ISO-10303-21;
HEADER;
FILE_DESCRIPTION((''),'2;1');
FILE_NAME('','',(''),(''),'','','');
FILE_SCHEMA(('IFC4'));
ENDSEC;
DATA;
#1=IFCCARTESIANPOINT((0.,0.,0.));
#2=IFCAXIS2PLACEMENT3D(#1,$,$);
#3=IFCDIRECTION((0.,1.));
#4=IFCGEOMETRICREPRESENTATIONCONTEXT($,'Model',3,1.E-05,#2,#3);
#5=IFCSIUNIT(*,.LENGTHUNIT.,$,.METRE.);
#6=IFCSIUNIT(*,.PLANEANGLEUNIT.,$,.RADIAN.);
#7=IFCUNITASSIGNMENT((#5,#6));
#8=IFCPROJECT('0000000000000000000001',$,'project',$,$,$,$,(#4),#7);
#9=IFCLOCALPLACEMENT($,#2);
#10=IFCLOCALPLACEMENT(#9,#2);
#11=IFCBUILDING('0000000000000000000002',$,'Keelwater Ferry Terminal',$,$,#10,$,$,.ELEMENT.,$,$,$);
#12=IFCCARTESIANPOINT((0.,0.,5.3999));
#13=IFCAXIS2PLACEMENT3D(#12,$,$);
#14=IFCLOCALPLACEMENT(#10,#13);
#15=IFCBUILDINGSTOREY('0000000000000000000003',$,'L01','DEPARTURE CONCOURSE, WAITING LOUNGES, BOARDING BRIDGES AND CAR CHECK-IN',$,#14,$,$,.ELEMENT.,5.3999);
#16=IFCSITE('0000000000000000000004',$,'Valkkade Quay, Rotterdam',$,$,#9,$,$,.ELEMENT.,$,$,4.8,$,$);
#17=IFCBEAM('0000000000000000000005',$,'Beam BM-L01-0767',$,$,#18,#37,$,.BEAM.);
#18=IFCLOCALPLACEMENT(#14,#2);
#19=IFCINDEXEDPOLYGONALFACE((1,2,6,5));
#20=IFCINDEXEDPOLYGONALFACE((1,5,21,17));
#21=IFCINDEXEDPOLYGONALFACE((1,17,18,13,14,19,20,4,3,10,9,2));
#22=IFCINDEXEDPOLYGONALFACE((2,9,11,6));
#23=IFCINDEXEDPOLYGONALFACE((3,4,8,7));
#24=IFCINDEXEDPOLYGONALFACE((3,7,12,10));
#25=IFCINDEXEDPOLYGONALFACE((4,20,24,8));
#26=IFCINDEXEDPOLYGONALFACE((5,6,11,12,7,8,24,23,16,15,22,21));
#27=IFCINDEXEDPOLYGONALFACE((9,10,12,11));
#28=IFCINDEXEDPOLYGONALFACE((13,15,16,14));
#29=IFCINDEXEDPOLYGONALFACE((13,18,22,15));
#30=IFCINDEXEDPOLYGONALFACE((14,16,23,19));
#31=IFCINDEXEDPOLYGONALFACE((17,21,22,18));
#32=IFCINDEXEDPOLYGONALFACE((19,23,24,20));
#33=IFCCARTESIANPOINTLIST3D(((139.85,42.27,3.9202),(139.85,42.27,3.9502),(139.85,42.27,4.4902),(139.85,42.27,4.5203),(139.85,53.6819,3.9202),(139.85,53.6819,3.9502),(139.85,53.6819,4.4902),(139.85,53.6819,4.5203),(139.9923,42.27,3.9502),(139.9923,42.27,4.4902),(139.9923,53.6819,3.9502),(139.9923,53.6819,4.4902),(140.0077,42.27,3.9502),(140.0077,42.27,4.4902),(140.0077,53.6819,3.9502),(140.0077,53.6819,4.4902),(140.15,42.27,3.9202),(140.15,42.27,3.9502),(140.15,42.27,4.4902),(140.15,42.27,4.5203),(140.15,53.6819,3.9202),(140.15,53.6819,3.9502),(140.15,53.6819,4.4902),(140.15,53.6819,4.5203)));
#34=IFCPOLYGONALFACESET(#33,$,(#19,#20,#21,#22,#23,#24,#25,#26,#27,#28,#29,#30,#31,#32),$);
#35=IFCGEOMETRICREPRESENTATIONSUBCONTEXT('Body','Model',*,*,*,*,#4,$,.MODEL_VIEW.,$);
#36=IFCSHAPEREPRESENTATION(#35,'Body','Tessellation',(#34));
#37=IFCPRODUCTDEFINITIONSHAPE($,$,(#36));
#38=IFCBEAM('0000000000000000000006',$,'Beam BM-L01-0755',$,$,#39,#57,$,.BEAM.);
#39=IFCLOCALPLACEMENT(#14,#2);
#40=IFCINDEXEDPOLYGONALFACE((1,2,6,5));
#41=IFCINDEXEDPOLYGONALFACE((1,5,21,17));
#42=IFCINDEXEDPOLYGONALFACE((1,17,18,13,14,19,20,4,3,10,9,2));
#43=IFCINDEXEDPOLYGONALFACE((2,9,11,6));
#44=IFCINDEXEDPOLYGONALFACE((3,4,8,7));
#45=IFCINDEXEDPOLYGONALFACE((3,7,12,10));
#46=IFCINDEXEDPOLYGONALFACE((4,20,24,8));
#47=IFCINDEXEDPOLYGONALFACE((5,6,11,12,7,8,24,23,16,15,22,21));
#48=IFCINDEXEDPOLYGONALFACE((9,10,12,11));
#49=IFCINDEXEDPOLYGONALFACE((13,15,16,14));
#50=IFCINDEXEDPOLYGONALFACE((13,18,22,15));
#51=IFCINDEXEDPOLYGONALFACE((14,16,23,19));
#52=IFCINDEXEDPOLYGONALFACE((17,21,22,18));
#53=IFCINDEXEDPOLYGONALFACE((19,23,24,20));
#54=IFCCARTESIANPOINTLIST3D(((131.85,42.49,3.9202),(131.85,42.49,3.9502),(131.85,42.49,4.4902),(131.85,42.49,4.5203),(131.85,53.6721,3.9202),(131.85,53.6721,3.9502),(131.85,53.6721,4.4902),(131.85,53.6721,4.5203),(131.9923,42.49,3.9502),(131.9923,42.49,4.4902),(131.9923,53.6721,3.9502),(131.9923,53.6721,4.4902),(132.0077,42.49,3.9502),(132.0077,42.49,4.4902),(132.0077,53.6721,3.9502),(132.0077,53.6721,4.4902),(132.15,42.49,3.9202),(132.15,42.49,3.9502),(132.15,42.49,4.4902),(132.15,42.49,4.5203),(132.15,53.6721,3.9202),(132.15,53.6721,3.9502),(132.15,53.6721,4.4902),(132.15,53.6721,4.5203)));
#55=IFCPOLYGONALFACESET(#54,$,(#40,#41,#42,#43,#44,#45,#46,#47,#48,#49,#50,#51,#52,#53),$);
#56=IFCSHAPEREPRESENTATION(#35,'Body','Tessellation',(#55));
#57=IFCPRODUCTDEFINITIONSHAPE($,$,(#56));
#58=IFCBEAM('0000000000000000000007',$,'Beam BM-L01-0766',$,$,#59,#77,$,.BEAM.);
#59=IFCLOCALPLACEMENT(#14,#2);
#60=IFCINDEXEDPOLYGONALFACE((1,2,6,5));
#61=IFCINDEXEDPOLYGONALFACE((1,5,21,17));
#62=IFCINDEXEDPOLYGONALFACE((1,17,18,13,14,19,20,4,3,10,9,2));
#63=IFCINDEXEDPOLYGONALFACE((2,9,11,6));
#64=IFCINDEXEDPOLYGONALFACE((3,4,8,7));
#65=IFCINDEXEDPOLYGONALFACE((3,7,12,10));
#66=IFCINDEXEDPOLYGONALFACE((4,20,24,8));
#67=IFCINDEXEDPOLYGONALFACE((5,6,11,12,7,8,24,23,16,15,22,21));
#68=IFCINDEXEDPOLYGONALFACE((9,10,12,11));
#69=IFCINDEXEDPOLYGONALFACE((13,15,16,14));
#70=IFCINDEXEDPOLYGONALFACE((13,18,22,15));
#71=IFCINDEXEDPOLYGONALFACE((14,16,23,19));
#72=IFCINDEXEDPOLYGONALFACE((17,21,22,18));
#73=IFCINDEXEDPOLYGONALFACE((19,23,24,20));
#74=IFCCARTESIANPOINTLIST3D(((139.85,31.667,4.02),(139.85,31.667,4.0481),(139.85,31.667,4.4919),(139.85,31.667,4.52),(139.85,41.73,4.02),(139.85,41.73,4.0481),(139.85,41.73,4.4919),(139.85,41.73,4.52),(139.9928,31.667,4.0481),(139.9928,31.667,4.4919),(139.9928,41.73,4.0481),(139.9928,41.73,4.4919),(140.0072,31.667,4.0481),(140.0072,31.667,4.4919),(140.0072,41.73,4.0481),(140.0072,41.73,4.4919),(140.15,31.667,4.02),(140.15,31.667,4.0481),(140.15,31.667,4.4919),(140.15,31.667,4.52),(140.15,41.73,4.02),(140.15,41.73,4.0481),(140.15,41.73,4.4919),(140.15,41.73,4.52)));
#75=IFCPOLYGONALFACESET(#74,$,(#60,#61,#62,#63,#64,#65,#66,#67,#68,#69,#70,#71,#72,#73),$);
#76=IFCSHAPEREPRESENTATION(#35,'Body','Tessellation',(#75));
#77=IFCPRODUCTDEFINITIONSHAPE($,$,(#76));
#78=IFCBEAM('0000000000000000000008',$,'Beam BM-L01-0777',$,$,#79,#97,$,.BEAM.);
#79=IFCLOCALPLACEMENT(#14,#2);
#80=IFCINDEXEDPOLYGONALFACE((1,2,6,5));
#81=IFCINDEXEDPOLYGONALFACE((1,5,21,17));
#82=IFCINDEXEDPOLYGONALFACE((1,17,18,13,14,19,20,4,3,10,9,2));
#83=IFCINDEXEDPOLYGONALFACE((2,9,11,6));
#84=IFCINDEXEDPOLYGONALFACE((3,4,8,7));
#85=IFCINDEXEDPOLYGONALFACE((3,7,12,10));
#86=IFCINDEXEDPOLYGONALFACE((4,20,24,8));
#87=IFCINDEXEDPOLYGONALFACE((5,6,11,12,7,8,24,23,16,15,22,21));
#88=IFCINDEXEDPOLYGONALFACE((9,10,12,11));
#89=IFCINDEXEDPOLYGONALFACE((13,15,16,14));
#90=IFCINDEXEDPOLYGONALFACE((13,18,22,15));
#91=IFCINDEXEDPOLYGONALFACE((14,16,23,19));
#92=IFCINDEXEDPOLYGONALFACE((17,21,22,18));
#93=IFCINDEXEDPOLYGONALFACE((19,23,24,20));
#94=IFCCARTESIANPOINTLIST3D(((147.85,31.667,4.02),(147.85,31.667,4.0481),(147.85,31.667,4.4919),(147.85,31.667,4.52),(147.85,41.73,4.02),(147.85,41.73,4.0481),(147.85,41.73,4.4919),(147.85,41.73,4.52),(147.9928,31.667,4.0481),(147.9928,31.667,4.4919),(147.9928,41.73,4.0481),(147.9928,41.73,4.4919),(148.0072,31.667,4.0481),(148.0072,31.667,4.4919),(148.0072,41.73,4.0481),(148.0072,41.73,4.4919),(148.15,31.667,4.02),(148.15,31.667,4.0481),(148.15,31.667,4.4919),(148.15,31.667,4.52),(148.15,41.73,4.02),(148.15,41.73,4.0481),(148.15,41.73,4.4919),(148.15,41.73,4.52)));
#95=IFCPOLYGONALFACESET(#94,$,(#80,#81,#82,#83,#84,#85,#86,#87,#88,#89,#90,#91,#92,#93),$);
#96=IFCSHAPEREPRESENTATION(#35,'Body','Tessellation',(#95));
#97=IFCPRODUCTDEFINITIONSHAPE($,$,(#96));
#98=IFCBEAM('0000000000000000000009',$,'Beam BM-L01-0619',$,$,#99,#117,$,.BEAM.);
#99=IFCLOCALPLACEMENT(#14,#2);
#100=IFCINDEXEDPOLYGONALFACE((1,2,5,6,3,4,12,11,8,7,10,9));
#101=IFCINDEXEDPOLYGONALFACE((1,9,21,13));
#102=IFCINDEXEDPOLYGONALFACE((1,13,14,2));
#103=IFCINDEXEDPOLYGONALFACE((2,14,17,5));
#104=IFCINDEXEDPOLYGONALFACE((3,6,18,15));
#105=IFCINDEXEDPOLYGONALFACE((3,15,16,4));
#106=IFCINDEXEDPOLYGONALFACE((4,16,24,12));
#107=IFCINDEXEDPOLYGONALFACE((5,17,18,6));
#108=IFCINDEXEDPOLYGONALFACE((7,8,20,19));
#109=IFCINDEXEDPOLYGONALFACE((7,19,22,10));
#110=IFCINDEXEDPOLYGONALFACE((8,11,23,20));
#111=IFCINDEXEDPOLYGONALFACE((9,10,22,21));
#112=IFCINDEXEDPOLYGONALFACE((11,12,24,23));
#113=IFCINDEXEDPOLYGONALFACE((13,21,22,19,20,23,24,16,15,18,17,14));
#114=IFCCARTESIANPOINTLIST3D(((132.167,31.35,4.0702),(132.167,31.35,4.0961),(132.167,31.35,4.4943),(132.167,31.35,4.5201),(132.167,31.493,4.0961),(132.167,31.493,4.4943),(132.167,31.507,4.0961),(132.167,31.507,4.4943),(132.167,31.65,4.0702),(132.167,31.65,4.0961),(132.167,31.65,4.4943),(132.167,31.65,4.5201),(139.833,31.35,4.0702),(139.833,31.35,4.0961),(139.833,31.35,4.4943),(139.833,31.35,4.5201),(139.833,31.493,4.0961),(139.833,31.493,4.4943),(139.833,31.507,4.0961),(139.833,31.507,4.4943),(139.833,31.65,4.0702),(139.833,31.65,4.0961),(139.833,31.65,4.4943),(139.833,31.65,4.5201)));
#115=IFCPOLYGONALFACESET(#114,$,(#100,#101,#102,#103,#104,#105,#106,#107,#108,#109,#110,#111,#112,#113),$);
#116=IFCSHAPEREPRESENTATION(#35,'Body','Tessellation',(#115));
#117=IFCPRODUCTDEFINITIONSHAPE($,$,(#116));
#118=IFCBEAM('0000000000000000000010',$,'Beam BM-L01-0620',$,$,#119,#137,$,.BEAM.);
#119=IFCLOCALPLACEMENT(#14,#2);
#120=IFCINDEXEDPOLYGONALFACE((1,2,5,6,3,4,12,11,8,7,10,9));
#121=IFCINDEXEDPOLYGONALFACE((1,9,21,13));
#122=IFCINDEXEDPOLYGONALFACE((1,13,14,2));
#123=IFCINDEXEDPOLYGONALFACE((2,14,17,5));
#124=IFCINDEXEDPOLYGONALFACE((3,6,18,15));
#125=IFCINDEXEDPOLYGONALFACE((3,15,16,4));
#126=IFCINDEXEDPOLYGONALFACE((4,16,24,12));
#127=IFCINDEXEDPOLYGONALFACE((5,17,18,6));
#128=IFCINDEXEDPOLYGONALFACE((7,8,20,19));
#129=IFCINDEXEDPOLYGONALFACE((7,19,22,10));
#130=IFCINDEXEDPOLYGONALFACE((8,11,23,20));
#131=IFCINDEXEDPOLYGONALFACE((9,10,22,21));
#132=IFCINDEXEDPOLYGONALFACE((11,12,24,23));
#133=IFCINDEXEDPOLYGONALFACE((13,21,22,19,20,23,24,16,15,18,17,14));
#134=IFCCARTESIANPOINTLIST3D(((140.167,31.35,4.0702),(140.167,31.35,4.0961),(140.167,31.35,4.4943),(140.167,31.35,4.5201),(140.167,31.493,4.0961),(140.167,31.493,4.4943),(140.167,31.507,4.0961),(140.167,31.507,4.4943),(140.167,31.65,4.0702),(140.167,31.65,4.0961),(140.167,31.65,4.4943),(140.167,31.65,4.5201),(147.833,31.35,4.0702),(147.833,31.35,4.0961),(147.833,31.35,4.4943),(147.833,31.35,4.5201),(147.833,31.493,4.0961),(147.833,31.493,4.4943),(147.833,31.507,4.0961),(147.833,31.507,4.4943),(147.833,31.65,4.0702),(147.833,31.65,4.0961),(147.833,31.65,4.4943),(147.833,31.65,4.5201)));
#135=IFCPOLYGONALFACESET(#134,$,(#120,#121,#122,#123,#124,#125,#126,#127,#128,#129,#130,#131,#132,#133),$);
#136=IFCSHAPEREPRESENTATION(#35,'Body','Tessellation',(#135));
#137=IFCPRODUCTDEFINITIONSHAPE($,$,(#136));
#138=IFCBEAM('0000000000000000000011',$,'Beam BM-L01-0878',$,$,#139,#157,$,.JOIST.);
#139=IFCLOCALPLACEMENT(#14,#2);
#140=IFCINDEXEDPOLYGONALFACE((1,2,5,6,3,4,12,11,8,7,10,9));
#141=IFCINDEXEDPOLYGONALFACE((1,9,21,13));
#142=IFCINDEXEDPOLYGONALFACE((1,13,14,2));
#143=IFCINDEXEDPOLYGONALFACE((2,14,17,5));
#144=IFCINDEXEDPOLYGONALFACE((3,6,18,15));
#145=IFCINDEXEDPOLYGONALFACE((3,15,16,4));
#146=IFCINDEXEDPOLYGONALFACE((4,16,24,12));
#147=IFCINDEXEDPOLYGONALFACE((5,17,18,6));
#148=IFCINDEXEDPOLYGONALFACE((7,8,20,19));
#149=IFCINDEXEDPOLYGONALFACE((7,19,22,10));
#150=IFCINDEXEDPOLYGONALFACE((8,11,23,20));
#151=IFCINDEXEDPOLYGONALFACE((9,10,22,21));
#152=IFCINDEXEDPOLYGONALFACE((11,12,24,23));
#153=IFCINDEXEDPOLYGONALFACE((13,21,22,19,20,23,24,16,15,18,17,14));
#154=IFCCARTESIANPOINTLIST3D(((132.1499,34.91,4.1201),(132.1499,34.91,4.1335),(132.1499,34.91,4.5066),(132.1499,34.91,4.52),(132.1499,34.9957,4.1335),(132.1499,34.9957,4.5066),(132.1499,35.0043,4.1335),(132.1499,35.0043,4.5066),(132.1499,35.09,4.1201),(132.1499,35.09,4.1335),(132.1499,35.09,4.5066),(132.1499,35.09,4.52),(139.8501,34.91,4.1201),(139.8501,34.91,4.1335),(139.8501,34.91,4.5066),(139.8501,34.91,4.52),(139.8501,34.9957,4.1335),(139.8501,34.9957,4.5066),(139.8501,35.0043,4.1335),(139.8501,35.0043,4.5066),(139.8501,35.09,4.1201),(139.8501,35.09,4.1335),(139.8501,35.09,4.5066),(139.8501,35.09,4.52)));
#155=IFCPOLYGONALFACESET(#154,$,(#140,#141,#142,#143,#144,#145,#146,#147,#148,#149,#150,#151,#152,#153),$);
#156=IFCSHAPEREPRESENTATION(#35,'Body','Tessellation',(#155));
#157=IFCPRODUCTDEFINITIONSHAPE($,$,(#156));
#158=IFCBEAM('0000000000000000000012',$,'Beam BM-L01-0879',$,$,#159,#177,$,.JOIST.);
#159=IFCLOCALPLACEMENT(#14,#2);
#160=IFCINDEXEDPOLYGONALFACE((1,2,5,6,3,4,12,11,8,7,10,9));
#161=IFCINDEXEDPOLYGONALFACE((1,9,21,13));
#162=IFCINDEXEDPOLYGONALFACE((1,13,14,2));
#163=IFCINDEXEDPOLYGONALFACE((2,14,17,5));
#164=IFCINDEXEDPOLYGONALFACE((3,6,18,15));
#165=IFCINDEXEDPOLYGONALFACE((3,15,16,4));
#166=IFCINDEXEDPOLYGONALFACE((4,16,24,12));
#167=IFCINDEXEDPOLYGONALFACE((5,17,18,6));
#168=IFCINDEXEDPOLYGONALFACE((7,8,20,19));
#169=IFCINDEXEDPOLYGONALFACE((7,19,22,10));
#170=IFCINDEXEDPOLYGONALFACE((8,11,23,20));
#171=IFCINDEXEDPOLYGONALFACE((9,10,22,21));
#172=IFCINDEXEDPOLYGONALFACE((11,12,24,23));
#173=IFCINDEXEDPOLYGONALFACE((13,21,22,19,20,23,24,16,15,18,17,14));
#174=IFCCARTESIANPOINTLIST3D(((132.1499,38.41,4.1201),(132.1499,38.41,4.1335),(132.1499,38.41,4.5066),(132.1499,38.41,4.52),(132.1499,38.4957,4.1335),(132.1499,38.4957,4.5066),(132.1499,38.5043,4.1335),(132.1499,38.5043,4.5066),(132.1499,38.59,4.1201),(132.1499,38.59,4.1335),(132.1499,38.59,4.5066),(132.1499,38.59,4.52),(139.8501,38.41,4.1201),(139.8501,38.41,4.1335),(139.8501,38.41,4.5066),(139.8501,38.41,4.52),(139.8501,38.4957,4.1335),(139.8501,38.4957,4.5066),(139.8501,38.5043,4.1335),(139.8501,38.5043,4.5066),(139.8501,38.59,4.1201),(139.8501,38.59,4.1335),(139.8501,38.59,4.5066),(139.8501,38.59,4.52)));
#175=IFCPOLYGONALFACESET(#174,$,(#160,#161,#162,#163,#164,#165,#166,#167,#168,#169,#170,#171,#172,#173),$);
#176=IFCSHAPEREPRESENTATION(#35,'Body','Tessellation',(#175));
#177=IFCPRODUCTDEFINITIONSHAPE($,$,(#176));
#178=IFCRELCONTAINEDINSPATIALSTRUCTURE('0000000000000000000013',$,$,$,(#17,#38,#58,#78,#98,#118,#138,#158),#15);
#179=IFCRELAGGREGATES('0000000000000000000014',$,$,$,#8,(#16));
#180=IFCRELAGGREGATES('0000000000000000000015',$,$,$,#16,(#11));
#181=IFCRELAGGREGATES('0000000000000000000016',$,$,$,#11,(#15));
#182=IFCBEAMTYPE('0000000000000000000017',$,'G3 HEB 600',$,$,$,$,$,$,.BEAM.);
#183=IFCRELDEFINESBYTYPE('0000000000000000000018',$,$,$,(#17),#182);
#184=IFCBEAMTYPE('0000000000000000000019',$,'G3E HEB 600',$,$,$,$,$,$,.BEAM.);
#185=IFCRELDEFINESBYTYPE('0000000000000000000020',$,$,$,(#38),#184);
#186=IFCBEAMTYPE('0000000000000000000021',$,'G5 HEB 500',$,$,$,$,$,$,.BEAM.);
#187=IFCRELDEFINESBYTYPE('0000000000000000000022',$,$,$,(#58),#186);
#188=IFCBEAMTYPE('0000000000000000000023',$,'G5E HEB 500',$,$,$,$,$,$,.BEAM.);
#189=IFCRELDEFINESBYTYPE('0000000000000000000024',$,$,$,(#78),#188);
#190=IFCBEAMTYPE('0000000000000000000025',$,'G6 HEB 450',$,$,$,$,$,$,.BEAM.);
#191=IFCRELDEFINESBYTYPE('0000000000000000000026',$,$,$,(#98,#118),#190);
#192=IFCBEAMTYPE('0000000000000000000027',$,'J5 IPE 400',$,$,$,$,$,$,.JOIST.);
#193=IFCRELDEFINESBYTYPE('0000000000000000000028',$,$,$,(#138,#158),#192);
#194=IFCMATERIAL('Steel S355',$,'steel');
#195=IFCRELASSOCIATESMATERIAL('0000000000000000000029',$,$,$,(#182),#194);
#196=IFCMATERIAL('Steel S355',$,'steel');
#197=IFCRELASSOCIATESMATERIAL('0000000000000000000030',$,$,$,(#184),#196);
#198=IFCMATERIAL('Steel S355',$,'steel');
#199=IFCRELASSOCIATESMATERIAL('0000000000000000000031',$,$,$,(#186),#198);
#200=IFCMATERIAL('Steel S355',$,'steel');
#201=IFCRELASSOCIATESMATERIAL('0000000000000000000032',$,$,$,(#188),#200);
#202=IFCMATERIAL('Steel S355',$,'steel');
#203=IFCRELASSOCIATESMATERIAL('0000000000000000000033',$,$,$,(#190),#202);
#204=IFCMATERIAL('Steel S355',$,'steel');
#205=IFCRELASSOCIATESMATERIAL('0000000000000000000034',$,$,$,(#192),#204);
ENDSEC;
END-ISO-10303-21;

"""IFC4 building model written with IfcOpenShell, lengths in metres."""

from ifc_helpers import new_model, si_unit, direction, frame, origin, origin_2d, place, context, subcontext, project, spatial, i_section, extrude, material, material_profile, profile_set, type_object, element, save


model = new_model("IFC4")

# Units and contexts
model_context = context("Model", 3, precision=1e-05, world=origin(), true_north=direction((0.0, 1.0)))
body_context = subcontext(model_context, "Body", "Model", "MODEL_VIEW")
ifc_project = project(units=[si_unit("LENGTHUNIT", "METRE"), si_unit("PLANEANGLEUNIT", "RADIAN")], contexts=[model_context])

# Site, building, storey
site_placement = place(None, origin())
site = spatial("IfcSite", under=ifc_project, at=site_placement, Name="Valkkade Quay, Rotterdam", CompositionType="ELEMENT", RefElevation=4.8)
building_placement = place(site_placement, origin())
building = spatial("IfcBuilding", under=site, at=building_placement, Name="Keelwater Ferry Terminal", CompositionType="ELEMENT")
storey_placement = place(building_placement, frame((0.0, 0.0, 5.3999)))
storey = spatial("IfcBuildingStorey", under=building, at=storey_placement, Name="L01", Description="DEPARTURE CONCOURSE, WAITING LOUNGES, BOARDING BRIDGES AND CAR CHECK-IN", CompositionType="ELEMENT", Elevation=5.3999)

# Beams
ifc_material_1 = material(Name="Steel S355", Category="steel")
ifc_material_profile_1 = material_profile(ifc_material_1, i_section(OverallWidth=0.3, OverallDepth=0.6001, WebThickness=0.0154, FlangeThickness=0.03, at=origin_2d()), Name="HEB 600")
ifc_profile_set_1 = profile_set([ifc_material_profile_1], Name="Steel S355")
beam_type_1 = type_object("IfcBeamType", Name="G3 HEB 600", PredefinedType="BEAM", material=ifc_profile_set_1)
beam_1_placement = place(storey_placement, frame((140.0, 42.27, 4.2202), z_axis=(0.0, 1.0, 0.0), x_axis=(-1.0, 0.0, 0.0)))
element("IfcBeam", 1, at=beam_1_placement, inside=storey, type_object=beam_type_1, Name="Beam BM-L01-0767", PredefinedType="BEAM", context=body_context, shape_type="SweptSolid", body=[
    extrude(i_section(OverallWidth=0.3, OverallDepth=0.6001, WebThickness=0.0154, FlangeThickness=0.03, at=origin_2d()), origin(), (0.0, 0.0, 1.0), 11.4119),
])
ifc_material_2 = material(Name="Steel S355", Category="steel")
ifc_material_profile_2 = material_profile(ifc_material_2, i_section(OverallWidth=0.3, OverallDepth=0.6001, WebThickness=0.0154, FlangeThickness=0.03, at=origin_2d()), Name="HEB 600")
ifc_profile_set_2 = profile_set([ifc_material_profile_2], Name="Steel S355")
beam_type_2 = type_object("IfcBeamType", Name="G3E HEB 600", PredefinedType="BEAM", material=ifc_profile_set_2)
beam_2_placement = place(storey_placement, frame((132.0, 42.49, 4.2202), z_axis=(0.0, 1.0, 0.0), x_axis=(-1.0, 0.0, 0.0)))
element("IfcBeam", 2, at=beam_2_placement, inside=storey, type_object=beam_type_2, Name="Beam BM-L01-0755", PredefinedType="BEAM", context=body_context, shape_type="SweptSolid", body=[
    extrude(i_section(OverallWidth=0.3, OverallDepth=0.6001, WebThickness=0.0154, FlangeThickness=0.03, at=origin_2d()), origin(), (0.0, 0.0, 1.0), 11.1821),
])
ifc_material_3 = material(Name="Steel S355", Category="steel")
ifc_material_profile_3 = material_profile(ifc_material_3, i_section(OverallWidth=0.3, OverallDepth=0.5, WebThickness=0.0144, FlangeThickness=0.0281, at=origin_2d()), Name="HEB 500")
ifc_profile_set_3 = profile_set([ifc_material_profile_3], Name="Steel S355")
beam_type_3 = type_object("IfcBeamType", Name="G5 HEB 500", PredefinedType="BEAM", material=ifc_profile_set_3)
beam_3_placement = place(storey_placement, frame((140.0, 31.667, 4.27), z_axis=(0.0, 1.0, 0.0), x_axis=(-1.0, 0.0, 0.0)))
element("IfcBeam", 3, at=beam_3_placement, inside=storey, type_object=beam_type_3, Name="Beam BM-L01-0766", PredefinedType="BEAM", context=body_context, shape_type="SweptSolid", body=[
    extrude(i_section(OverallWidth=0.3, OverallDepth=0.5, WebThickness=0.0144, FlangeThickness=0.0281, at=origin_2d()), origin(), (0.0, 0.0, 1.0), 10.063),
])
ifc_material_4 = material(Name="Steel S355", Category="steel")
ifc_material_profile_4 = material_profile(ifc_material_4, i_section(OverallWidth=0.3, OverallDepth=0.5, WebThickness=0.0144, FlangeThickness=0.0281, at=origin_2d()), Name="HEB 500")
ifc_profile_set_4 = profile_set([ifc_material_profile_4], Name="Steel S355")
beam_type_4 = type_object("IfcBeamType", Name="G5E HEB 500", PredefinedType="BEAM", material=ifc_profile_set_4)
beam_4_placement = place(storey_placement, frame((148.0, 31.667, 4.27), z_axis=(0.0, 1.0, 0.0), x_axis=(-1.0, 0.0, 0.0)))
element("IfcBeam", 4, at=beam_4_placement, inside=storey, type_object=beam_type_4, Name="Beam BM-L01-0777", PredefinedType="BEAM", context=body_context, shape_type="SweptSolid", body=[
    extrude(i_section(OverallWidth=0.3, OverallDepth=0.5, WebThickness=0.0144, FlangeThickness=0.0281, at=origin_2d()), origin(), (0.0, 0.0, 1.0), 10.063),
])
ifc_material_5 = material(Name="Steel S355", Category="steel")
ifc_material_profile_5 = material_profile(ifc_material_5, i_section(OverallWidth=0.3, OverallDepth=0.45, WebThickness=0.0139, FlangeThickness=0.0259, at=origin_2d()), Name="HEB 450")
ifc_profile_set_5 = profile_set([ifc_material_profile_5], Name="Steel S355")
beam_type_5 = type_object("IfcBeamType", Name="G6 HEB 450", PredefinedType="BEAM", material=ifc_profile_set_5)
for number, where, z_axis, x_axis, name in (
    (5, (132.167, 31.5, 4.2952), (1.0, 0.0, 0.0), (0.0, 1.0, 0.0), "Beam BM-L01-0619"),
    (6, (140.167, 31.5, 4.2952), (1.0, 0.0, 0.0), (0.0, 1.0, 0.0), "Beam BM-L01-0620"),
):
    element("IfcBeam", number, at=place(storey_placement, frame(where, z_axis=z_axis, x_axis=x_axis)), inside=storey, type_object=beam_type_5, Name=name, PredefinedType="BEAM", context=body_context, shape_type="SweptSolid", body=[
        extrude(i_section(OverallWidth=0.3, OverallDepth=0.45, WebThickness=0.0139, FlangeThickness=0.0259, at=origin_2d()), origin(), (0.0, 0.0, 1.0), 7.666),
    ])
ifc_material_6 = material(Name="Steel S355", Category="steel")
ifc_material_profile_6 = material_profile(ifc_material_6, i_section(OverallWidth=0.1799, OverallDepth=0.3999, WebThickness=0.0085, FlangeThickness=0.0134, at=origin_2d()), Name="IPE 400")
ifc_profile_set_6 = profile_set([ifc_material_profile_6], Name="Steel S355")
beam_type_6 = type_object("IfcBeamType", Name="J5 IPE 400", PredefinedType="JOIST", material=ifc_profile_set_6)
for number, where, z_axis, x_axis, name in (
    (7, (132.1499, 35.0, 4.3201), (1.0, 0.0, 0.0), (0.0, 1.0, 0.0), "Beam BM-L01-0878"),
    (8, (132.1499, 38.5, 4.3201), (1.0, 0.0, 0.0), (0.0, 1.0, 0.0), "Beam BM-L01-0879"),
):
    element("IfcBeam", number, at=place(storey_placement, frame(where, z_axis=z_axis, x_axis=x_axis)), inside=storey, type_object=beam_type_6, Name=name, PredefinedType="JOIST", context=body_context, shape_type="SweptSolid", body=[
        extrude(i_section(OverallWidth=0.1799, OverallDepth=0.3999, WebThickness=0.0085, FlangeThickness=0.0134, at=origin_2d()), origin(), (0.0, 0.0, 1.0), 7.7002),
    ])

save(model, "model.ifc")
